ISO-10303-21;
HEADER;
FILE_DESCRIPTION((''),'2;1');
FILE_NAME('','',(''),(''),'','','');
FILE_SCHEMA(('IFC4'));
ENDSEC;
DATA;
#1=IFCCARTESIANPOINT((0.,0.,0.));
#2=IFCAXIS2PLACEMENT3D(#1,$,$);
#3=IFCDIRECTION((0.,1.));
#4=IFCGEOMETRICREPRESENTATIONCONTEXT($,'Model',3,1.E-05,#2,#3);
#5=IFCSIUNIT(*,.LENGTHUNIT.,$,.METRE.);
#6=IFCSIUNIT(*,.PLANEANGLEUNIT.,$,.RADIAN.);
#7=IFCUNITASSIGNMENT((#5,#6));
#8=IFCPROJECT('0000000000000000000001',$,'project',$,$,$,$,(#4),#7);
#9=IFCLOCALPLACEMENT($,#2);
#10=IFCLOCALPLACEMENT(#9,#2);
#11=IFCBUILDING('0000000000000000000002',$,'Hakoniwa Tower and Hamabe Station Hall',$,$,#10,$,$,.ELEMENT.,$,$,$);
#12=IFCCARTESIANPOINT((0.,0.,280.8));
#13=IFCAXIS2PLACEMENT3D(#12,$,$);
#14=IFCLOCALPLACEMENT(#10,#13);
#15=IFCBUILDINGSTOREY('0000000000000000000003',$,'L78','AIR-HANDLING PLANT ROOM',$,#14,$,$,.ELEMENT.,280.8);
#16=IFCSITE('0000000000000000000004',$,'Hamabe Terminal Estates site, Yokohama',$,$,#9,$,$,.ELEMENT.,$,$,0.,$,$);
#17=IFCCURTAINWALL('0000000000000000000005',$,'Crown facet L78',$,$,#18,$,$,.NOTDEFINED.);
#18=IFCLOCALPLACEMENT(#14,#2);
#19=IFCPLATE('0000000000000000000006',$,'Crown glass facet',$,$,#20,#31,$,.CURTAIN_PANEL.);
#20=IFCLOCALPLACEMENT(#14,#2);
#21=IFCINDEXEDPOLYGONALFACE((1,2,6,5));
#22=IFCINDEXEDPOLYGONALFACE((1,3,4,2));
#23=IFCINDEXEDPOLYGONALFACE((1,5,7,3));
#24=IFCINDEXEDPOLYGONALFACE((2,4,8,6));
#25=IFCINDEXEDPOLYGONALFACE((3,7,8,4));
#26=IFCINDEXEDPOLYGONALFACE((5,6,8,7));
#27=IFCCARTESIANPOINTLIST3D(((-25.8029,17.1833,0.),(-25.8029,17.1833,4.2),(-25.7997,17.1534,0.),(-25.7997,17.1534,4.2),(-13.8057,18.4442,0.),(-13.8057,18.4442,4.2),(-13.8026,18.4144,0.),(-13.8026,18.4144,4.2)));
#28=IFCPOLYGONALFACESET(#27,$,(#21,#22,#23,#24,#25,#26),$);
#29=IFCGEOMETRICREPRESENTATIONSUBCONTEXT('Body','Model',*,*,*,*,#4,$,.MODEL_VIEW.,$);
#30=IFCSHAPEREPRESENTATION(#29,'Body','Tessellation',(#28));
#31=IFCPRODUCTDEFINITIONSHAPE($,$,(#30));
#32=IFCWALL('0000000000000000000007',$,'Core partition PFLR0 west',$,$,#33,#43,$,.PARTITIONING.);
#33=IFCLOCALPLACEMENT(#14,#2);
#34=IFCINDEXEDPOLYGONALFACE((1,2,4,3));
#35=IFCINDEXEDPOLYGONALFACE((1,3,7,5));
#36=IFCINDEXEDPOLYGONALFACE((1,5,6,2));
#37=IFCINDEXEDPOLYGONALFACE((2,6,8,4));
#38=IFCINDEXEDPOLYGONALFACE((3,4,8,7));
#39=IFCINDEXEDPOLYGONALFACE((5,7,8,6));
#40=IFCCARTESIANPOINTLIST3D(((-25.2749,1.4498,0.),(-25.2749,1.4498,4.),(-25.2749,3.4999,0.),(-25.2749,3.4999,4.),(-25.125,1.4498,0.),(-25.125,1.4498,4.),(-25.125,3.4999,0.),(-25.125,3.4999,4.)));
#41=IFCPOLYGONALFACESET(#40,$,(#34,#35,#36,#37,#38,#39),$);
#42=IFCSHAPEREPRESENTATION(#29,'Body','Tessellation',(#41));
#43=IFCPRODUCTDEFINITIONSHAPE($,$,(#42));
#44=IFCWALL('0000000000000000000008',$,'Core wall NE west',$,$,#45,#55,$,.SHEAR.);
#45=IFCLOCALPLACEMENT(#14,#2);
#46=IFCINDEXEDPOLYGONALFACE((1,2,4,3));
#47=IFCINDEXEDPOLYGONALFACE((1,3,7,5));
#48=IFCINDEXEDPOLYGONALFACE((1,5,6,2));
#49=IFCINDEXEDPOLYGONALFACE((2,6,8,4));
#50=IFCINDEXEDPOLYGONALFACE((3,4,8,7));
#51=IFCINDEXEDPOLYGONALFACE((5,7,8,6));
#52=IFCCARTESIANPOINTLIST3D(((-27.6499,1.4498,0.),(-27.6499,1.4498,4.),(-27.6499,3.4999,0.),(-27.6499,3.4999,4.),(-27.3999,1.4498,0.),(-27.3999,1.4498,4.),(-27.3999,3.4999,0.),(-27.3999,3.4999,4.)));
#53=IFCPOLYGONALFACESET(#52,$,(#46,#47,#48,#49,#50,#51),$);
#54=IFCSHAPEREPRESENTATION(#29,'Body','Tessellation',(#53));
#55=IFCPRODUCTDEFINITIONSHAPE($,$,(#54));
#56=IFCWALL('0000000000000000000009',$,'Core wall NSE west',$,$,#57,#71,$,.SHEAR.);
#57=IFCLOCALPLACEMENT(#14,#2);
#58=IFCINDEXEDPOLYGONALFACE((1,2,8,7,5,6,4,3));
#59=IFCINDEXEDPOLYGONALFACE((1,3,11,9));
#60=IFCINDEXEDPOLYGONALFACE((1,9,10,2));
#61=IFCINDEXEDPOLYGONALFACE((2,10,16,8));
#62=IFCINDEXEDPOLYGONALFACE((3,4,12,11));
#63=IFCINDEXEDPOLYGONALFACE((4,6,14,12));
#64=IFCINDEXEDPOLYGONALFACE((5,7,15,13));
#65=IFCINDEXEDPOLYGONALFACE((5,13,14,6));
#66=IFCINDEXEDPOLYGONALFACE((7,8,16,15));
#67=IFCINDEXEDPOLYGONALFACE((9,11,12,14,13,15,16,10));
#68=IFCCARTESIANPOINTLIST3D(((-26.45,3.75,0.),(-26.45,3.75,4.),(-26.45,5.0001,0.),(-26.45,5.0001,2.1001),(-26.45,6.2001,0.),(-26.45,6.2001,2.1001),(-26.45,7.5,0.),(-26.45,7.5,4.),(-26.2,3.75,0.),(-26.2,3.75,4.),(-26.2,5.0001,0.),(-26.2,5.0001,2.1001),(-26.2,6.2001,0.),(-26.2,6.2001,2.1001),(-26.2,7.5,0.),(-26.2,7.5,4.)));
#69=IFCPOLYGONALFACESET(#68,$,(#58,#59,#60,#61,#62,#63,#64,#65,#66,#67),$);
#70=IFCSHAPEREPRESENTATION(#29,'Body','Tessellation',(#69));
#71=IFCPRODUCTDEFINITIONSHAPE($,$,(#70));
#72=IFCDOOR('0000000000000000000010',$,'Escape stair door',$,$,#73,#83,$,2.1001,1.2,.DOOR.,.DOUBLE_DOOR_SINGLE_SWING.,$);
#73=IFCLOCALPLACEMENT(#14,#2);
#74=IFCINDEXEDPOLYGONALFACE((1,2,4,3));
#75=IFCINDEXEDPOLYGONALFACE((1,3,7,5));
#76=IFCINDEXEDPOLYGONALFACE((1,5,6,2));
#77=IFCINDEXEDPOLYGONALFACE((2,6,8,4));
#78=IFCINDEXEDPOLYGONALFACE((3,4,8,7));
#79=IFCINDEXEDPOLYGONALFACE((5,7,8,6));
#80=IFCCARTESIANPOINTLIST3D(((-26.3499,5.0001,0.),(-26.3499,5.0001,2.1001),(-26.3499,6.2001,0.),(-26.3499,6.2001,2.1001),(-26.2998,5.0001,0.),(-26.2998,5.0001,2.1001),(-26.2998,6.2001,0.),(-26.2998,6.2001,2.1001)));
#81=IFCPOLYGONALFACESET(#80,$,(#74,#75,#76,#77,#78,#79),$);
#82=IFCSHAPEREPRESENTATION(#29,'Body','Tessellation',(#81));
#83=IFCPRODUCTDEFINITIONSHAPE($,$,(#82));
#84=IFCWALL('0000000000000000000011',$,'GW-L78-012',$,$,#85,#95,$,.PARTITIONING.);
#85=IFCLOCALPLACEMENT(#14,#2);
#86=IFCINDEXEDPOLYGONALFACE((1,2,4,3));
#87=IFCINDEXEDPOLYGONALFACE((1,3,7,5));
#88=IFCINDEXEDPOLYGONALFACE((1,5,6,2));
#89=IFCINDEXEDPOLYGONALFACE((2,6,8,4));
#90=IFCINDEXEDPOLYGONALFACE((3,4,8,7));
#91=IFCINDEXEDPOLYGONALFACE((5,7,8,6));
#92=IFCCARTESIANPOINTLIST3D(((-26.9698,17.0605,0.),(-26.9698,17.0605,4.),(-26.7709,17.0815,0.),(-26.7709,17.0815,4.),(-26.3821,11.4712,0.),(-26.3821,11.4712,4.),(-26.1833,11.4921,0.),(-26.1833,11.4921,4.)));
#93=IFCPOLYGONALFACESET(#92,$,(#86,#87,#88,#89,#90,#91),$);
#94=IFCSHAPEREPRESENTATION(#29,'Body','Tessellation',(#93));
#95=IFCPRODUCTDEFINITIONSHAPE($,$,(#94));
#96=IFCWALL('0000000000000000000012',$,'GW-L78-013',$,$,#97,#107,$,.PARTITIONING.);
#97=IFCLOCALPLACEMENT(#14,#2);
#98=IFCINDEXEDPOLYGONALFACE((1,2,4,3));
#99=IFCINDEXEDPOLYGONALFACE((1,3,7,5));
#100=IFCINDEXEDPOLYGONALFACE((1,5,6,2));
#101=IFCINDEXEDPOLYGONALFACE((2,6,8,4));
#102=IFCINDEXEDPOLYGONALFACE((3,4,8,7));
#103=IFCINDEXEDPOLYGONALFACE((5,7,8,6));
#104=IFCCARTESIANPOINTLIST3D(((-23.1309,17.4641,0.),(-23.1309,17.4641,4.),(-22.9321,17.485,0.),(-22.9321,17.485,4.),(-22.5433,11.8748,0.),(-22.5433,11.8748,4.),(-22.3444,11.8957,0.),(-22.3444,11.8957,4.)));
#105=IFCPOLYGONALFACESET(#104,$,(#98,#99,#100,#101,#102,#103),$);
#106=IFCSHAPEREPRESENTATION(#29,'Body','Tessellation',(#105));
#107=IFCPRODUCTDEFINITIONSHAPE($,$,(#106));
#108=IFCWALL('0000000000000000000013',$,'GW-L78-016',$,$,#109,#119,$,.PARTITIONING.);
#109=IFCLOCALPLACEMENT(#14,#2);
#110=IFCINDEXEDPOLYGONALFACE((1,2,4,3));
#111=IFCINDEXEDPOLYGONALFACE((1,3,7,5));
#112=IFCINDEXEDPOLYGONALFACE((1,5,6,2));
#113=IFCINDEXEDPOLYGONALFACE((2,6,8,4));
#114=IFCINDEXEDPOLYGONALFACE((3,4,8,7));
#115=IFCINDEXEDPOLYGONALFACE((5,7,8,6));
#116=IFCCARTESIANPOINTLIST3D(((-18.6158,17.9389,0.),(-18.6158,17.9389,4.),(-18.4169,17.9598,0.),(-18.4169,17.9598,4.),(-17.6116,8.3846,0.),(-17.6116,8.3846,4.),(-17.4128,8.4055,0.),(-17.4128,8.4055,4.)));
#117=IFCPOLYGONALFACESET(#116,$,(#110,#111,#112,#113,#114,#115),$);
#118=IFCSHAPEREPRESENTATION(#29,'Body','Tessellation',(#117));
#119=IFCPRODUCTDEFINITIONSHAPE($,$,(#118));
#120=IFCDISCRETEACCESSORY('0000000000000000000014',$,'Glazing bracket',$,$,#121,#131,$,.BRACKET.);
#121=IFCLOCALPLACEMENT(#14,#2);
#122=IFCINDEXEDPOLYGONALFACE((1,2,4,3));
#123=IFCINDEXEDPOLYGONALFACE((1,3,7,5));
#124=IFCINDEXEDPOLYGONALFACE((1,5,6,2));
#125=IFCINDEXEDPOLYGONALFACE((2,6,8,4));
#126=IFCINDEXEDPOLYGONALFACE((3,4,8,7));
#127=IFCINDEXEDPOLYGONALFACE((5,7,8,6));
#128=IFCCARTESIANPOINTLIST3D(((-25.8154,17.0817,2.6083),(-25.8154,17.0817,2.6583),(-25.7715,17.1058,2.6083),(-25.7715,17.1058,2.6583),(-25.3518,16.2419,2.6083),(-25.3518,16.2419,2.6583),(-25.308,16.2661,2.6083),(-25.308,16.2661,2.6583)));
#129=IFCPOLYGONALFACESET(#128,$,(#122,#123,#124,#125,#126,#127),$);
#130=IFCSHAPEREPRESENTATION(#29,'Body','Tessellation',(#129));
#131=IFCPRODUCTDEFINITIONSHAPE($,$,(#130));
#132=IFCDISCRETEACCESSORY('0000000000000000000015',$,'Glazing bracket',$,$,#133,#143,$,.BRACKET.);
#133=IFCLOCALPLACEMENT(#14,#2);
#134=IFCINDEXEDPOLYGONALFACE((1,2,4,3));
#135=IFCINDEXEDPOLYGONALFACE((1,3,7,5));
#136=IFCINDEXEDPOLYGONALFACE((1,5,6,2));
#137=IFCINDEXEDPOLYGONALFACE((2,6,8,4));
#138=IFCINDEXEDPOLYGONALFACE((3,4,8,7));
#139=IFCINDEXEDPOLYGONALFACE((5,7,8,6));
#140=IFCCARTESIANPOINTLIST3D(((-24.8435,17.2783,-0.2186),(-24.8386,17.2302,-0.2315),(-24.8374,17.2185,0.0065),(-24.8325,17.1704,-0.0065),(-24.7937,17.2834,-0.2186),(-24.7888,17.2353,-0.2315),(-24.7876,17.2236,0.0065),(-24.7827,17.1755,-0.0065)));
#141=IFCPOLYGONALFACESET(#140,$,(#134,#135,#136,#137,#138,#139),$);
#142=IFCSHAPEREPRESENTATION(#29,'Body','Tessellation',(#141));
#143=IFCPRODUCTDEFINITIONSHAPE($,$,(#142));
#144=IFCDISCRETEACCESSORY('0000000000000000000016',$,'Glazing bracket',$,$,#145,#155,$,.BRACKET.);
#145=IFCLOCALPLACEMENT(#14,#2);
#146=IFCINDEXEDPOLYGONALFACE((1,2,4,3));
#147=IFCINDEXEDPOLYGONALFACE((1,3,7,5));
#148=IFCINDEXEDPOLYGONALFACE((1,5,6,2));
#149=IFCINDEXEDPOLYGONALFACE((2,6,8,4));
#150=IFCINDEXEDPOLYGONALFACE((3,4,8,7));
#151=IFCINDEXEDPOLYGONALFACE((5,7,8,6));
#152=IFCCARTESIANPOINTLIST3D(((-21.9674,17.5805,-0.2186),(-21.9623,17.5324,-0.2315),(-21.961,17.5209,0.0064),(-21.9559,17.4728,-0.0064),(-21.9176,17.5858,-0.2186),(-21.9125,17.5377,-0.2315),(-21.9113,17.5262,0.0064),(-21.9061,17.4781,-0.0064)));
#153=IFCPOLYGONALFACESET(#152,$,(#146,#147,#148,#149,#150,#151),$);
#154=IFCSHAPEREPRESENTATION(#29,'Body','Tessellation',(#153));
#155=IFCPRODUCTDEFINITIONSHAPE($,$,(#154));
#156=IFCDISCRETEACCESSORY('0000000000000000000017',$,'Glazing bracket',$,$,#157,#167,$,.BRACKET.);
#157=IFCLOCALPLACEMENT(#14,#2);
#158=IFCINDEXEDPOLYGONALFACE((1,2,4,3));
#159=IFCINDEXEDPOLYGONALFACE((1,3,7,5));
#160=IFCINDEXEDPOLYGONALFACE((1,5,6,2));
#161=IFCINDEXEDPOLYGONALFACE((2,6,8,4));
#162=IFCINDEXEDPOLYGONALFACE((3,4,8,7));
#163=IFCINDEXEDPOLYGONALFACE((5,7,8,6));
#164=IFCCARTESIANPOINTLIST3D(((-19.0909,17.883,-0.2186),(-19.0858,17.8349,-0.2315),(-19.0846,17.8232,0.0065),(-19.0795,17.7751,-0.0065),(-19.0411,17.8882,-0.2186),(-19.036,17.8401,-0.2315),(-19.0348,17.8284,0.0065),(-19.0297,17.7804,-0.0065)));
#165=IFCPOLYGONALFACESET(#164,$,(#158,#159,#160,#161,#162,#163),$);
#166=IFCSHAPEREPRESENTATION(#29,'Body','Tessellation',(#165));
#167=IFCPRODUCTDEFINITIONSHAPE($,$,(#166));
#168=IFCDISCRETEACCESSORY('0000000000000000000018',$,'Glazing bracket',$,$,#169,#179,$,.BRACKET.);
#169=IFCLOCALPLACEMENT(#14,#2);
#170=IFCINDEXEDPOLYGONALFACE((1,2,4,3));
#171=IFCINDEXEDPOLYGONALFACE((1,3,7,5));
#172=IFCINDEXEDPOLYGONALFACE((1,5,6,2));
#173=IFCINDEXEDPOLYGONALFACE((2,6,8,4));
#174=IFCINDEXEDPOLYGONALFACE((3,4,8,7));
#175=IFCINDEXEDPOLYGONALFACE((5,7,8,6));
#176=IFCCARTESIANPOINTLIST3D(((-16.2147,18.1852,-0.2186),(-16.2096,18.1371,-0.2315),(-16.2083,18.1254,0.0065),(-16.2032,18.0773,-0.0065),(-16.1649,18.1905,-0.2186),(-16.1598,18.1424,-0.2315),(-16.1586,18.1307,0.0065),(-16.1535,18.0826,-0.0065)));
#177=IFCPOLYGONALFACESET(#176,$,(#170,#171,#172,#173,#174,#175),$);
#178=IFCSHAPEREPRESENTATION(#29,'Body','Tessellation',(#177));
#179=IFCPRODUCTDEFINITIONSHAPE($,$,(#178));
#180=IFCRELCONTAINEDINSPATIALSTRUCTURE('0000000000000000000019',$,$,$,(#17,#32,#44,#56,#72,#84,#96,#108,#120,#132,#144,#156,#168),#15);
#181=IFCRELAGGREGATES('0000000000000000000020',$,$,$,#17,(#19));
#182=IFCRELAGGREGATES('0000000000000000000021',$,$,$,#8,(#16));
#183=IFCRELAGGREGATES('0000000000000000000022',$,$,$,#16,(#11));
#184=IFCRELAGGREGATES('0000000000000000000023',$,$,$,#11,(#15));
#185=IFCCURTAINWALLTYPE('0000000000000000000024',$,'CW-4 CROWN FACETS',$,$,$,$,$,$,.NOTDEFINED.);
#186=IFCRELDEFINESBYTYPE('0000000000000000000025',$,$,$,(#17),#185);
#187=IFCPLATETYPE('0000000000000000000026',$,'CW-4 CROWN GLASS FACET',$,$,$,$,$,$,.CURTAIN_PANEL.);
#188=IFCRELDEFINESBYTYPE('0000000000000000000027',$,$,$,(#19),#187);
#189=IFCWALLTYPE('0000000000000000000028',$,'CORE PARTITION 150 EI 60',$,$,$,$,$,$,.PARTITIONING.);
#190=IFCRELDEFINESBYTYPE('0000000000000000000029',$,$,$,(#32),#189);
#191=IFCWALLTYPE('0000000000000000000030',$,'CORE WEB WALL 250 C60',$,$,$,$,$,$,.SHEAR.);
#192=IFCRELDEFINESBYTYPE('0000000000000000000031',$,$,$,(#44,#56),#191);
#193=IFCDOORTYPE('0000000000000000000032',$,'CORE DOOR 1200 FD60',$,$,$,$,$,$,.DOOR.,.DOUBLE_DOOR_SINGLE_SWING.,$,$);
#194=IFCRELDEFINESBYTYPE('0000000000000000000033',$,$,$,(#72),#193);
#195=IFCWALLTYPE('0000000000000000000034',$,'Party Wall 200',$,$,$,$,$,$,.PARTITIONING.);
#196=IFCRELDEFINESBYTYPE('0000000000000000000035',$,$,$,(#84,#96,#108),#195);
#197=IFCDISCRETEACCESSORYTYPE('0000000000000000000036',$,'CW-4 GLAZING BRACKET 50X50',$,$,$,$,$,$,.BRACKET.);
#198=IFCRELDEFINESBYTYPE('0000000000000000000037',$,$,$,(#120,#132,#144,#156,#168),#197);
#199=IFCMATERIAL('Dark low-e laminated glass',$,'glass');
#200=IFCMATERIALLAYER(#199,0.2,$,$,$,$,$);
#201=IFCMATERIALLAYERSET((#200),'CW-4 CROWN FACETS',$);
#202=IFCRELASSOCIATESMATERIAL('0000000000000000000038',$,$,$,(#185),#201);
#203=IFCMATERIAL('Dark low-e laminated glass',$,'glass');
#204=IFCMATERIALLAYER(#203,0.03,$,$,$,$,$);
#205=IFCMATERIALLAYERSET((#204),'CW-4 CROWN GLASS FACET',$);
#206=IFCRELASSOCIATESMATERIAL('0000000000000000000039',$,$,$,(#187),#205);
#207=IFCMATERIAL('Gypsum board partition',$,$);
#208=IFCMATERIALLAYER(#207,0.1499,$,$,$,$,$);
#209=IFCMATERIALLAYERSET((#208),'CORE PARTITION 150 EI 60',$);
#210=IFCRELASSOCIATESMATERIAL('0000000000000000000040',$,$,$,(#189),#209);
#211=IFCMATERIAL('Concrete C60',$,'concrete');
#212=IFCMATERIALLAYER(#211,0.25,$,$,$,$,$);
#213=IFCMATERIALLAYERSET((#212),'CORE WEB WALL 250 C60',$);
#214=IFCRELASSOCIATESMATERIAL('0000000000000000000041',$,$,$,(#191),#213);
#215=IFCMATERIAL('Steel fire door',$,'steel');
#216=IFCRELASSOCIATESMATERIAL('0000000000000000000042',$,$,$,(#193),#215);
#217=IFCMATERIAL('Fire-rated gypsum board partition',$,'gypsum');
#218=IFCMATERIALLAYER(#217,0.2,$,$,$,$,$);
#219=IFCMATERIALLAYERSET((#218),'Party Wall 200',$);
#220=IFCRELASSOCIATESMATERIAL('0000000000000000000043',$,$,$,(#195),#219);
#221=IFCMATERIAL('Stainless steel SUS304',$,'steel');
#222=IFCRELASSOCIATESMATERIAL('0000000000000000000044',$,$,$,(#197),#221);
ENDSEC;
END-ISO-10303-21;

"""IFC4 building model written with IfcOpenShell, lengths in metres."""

from ifc_helpers import new_model, si_unit, direction, frame, frame_2d, origin, origin_2d, place, context, subcontext, project, spatial, rectangle, extrude, material, layer, layer_set, material_profile, profile_set, type_object, element, fill, aggregate, save


model = new_model("IFC4")

# Units and contexts
model_context = context("Model", 3, precision=1e-05, world=origin(), true_north=direction((0.0, 1.0)))
body_context = subcontext(model_context, "Body", "Model", "MODEL_VIEW")
ifc_project = project(units=[si_unit("LENGTHUNIT", "METRE"), si_unit("PLANEANGLEUNIT", "RADIAN")], contexts=[model_context])

# Site, building, storey
site_placement = place(None, origin())
site = spatial("IfcSite", under=ifc_project, at=site_placement, Name="Hamabe Terminal Estates site, Yokohama", CompositionType="ELEMENT", RefElevation=0.0)
building_placement = place(site_placement, origin())
building = spatial("IfcBuilding", under=site, at=building_placement, Name="Hakoniwa Tower and Hamabe Station Hall", CompositionType="ELEMENT")
storey_placement = place(building_placement, frame((0.0, 0.0, 280.8)))
storey = spatial("IfcBuildingStorey", under=building, at=storey_placement, Name="L78", Description="AIR-HANDLING PLANT ROOM", CompositionType="ELEMENT", Elevation=280.8)

# Curtain wall, plate
ifc_material_1 = material(Name="Dark low-e laminated glass", Category="glass")
ifc_layer_1 = layer(ifc_material_1, 0.2)
ifc_layer_set_1 = layer_set([ifc_layer_1], Name="CW-4 CROWN FACETS")
curtain_wall_type = type_object("IfcCurtainWallType", Name="CW-4 CROWN FACETS", PredefinedType="NOTDEFINED", material=ifc_layer_set_1)
curtain_wall_placement = place(storey_placement, origin())
curtain_wall = element("IfcCurtainWall", 1, at=curtain_wall_placement, inside=storey, type_object=curtain_wall_type, Name="Crown facet L78", PredefinedType="NOTDEFINED")
ifc_material_2 = material(Name="Dark low-e laminated glass", Category="glass")
ifc_layer_2 = layer(ifc_material_2, 0.03)
ifc_layer_set_2 = layer_set([ifc_layer_2], Name="CW-4 CROWN GLASS FACET")
plate_type = type_object("IfcPlateType", Name="CW-4 CROWN GLASS FACET", PredefinedType="CURTAIN_PANEL", material=ifc_layer_set_2)
plate_placement = place(storey_placement, frame((-19.8027, 17.7988, 0.0), z_axis=(0.0, 0.0, 1.0), x_axis=(-0.994522, -0.104528, 0.0)))
plate = element("IfcPlate", 2, at=plate_placement, type_object=plate_type, Name="Crown glass facet", PredefinedType="CURTAIN_PANEL", context=body_context, shape_type="SweptSolid", body=[
    extrude(rectangle(XDim=12.0632, YDim=0.03, at=origin_2d()), origin(), (0.0, 0.0, 1.0), 4.2),
])
aggregate(curtain_wall, [plate])

# Walls
ifc_material_3 = material(Name="Gypsum board partition")
ifc_layer_3 = layer(ifc_material_3, 0.1499)
ifc_layer_set_3 = layer_set([ifc_layer_3], Name="CORE PARTITION 150 EI 60")
wall_type_1 = type_object("IfcWallType", Name="CORE PARTITION 150 EI 60", PredefinedType="PARTITIONING", material=ifc_layer_set_3)
wall_1_placement = place(storey_placement, frame((-25.2, 1.45, 0.0), z_axis=(0.0, 0.0, 1.0), x_axis=(0.0, 1.0, 0.0)))
element("IfcWall", 3, at=wall_1_placement, inside=storey, type_object=wall_type_1, Name="Core partition PFLR0 west", PredefinedType="PARTITIONING", context=body_context, shape_type="SweptSolid", body=[
    extrude(rectangle(XDim=2.05, YDim=0.1499, at=frame_2d((1.0249, 0.0))), origin(), (0.0, 0.0, 1.0), 4.0),
])
ifc_material_4 = material(Name="Concrete C60", Category="concrete")
ifc_layer_4 = layer(ifc_material_4, 0.25)
ifc_layer_set_4 = layer_set([ifc_layer_4], Name="CORE WEB WALL 250 C60")
wall_type_2 = type_object("IfcWallType", Name="CORE WEB WALL 250 C60", PredefinedType="SHEAR", material=ifc_layer_set_4)
wall_2_placement = place(storey_placement, frame((-27.5249, 1.45, 0.0), z_axis=(0.0, 0.0, 1.0), x_axis=(0.0, 1.0, 0.0)))
element("IfcWall", 4, at=wall_2_placement, inside=storey, type_object=wall_type_2, Name="Core wall NE west", PredefinedType="SHEAR", context=body_context, shape_type="SweptSolid", body=[
    extrude(rectangle(XDim=2.05, YDim=0.25, at=frame_2d((1.0249, 0.0))), origin(), (0.0, 0.0, 1.0), 4.0),
])

# Wall, opening, door
wall_3_placement = place(storey_placement, frame((-26.325, 3.75, 0.0), z_axis=(0.0, 0.0, 1.0), x_axis=(0.0, 1.0, 0.0)))
wall_3 = element("IfcWall", 5, at=wall_3_placement, inside=storey, type_object=wall_type_2, Name="Core wall NSE west", PredefinedType="SHEAR", context=body_context, shape_type="SweptSolid", body=[
    extrude(rectangle(XDim=3.75, YDim=0.25, at=frame_2d((1.875, 0.0))), origin(), (0.0, 0.0, 1.0), 4.0),
])
opening_placement = place(wall_3_placement, frame((1.25, 0.0, 0.0)))
opening = element("IfcOpeningElement", 6, at=opening_placement, cuts=wall_3, PredefinedType="OPENING", context=body_context, shape_type="SweptSolid", body=[
    extrude(rectangle(XDim=1.2, YDim=2.1001, at=frame_2d((0.6001, 1.05))), frame((0.0, 0.135, 0.0), z_axis=(0.0, -1.0, 0.0), x_axis=(1.0, 0.0, 0.0)), (0.0, 0.0, 1.0), 0.27),
])
ifc_material_5 = material(Name="Steel fire door", Category="steel")
door_type = type_object("IfcDoorType", Name="CORE DOOR 1200 FD60", OperationType="DOUBLE_DOOR_SINGLE_SWING", PredefinedType="DOOR", material=ifc_material_5)
door_placement = place(opening_placement, origin())
door = element("IfcDoor", 7, at=door_placement, inside=storey, type_object=door_type, Name="Escape stair door", OperationType="DOUBLE_DOOR_SINGLE_SWING", OverallHeight=2.1001, OverallWidth=1.2, PredefinedType="DOOR", context=body_context, shape_type="SweptSolid", body=[
    extrude(rectangle(XDim=1.2, YDim=2.1001, at=frame_2d((0.6001, 1.05))), frame((0.0, 0.0249, 0.0), z_axis=(0.0, -1.0, 0.0), x_axis=(1.0, 0.0, 0.0)), (0.0, 0.0, 1.0), 0.05),
])
fill(opening, door)

# Walls
ifc_material_6 = material(Name="Fire-rated gypsum board partition", Category="gypsum")
ifc_layer_5 = layer(ifc_material_6, 0.2)
ifc_layer_set_5 = layer_set([ifc_layer_5], Name="Party Wall 200")
wall_type_3 = type_object("IfcWallType", Name="Party Wall 200", PredefinedType="PARTITIONING", material=ifc_layer_set_5)
for number, where, z_axis, x_axis, name in (
    (8, (-26.2827, 11.4817, 0.0), (0.0, 0.0, 1.0), (-0.10456, 0.994519, 0.0), "GW-L78-012"),
    (9, (-22.4438, 11.8853, 0.0), (0.0, 0.0, 1.0), (-0.10456, 0.994519, 0.0), "GW-L78-013"),
):
    element("IfcWall", number, at=place(storey_placement, frame(where, z_axis=z_axis, x_axis=x_axis)), inside=storey, type_object=wall_type_3, Name=name, PredefinedType="PARTITIONING", context=body_context, shape_type="SweptSolid", body=[
        extrude(rectangle(XDim=5.6201, YDim=0.2, at=frame_2d((2.8101, 0.0))), origin(), (0.0, 0.0, 1.0), 4.0),
    ])
wall_4_placement = place(storey_placement, frame((-17.5122, 8.395, 0.0), z_axis=(0.0, 0.0, 1.0), x_axis=(-0.104525, 0.994522, 0.0)))
element("IfcWall", 10, at=wall_4_placement, inside=storey, type_object=wall_type_3, Name="GW-L78-016", PredefinedType="PARTITIONING", context=body_context, shape_type="SweptSolid", body=[
    extrude(rectangle(XDim=9.6069, YDim=0.2, at=frame_2d((4.8035, 0.0))), origin(), (0.0, 0.0, 1.0), 4.0),
])

# Discrete accessories
ifc_material_7 = material(Name="Stainless steel SUS304", Category="steel")
ifc_material_profile_1 = material_profile(ifc_material_7, rectangle(XDim=0.05, YDim=0.05, at=origin_2d()), Name="CW-4 GLAZING BRACKET 50X50")
ifc_profile_set_1 = profile_set([ifc_material_profile_1], Name="Stainless steel SUS304")
discrete_accessory_type = type_object("IfcDiscreteAccessoryType", Name="CW-4 GLAZING BRACKET 50X50", PredefinedType="BRACKET", material=ifc_profile_set_1)
discrete_accessory_placement = place(storey_placement, frame((-25.7935, 17.0938, 2.6333), z_axis=(0.483286, -0.875463, 0.0), x_axis=(0.875463, 0.483286, 0.0)))
element("IfcDiscreteAccessory", 11, at=discrete_accessory_placement, inside=storey, type_object=discrete_accessory_type, Name="Glazing bracket", PredefinedType="BRACKET", context=body_context, shape_type="SweptSolid", body=[
    extrude(rectangle(XDim=0.05, YDim=0.05, at=origin_2d()), origin(), (0.0, 0.0, 1.0), 0.9592),
])
for number, where, z_axis, x_axis, name in (
    (12, (-24.8101, 17.197, 0.0), (-0.026197, 0.256726, -0.966129), (-0.994834, -0.101514, 0.0), "Glazing bracket"),
    (13, (-21.9336, 17.4995, 0.0), (-0.027251, 0.25574, -0.966361), (-0.994371, -0.105958, 0.0), "Glazing bracket"),
    (14, (-19.0571, 17.8018, 0.0), (-0.027244, 0.256719, -0.966102), (-0.994416, -0.10553, 0.0), "Glazing bracket"),
    (15, (-16.1809, 18.104, 0.0), (-0.027244, 0.256719, -0.966102), (-0.994416, -0.10553, 0.0), "Glazing bracket"),
):
    element("IfcDiscreteAccessory", number, at=place(storey_placement, frame(where, z_axis=z_axis, x_axis=x_axis)), inside=storey, type_object=discrete_accessory_type, Name=name, PredefinedType="BRACKET", context=body_context, shape_type="SweptSolid", body=[
        extrude(rectangle(XDim=0.05, YDim=0.05, at=origin_2d()), origin(), (0.0, 0.0, 1.0), 0.2329),
    ])

save(model, "model.ifc")
